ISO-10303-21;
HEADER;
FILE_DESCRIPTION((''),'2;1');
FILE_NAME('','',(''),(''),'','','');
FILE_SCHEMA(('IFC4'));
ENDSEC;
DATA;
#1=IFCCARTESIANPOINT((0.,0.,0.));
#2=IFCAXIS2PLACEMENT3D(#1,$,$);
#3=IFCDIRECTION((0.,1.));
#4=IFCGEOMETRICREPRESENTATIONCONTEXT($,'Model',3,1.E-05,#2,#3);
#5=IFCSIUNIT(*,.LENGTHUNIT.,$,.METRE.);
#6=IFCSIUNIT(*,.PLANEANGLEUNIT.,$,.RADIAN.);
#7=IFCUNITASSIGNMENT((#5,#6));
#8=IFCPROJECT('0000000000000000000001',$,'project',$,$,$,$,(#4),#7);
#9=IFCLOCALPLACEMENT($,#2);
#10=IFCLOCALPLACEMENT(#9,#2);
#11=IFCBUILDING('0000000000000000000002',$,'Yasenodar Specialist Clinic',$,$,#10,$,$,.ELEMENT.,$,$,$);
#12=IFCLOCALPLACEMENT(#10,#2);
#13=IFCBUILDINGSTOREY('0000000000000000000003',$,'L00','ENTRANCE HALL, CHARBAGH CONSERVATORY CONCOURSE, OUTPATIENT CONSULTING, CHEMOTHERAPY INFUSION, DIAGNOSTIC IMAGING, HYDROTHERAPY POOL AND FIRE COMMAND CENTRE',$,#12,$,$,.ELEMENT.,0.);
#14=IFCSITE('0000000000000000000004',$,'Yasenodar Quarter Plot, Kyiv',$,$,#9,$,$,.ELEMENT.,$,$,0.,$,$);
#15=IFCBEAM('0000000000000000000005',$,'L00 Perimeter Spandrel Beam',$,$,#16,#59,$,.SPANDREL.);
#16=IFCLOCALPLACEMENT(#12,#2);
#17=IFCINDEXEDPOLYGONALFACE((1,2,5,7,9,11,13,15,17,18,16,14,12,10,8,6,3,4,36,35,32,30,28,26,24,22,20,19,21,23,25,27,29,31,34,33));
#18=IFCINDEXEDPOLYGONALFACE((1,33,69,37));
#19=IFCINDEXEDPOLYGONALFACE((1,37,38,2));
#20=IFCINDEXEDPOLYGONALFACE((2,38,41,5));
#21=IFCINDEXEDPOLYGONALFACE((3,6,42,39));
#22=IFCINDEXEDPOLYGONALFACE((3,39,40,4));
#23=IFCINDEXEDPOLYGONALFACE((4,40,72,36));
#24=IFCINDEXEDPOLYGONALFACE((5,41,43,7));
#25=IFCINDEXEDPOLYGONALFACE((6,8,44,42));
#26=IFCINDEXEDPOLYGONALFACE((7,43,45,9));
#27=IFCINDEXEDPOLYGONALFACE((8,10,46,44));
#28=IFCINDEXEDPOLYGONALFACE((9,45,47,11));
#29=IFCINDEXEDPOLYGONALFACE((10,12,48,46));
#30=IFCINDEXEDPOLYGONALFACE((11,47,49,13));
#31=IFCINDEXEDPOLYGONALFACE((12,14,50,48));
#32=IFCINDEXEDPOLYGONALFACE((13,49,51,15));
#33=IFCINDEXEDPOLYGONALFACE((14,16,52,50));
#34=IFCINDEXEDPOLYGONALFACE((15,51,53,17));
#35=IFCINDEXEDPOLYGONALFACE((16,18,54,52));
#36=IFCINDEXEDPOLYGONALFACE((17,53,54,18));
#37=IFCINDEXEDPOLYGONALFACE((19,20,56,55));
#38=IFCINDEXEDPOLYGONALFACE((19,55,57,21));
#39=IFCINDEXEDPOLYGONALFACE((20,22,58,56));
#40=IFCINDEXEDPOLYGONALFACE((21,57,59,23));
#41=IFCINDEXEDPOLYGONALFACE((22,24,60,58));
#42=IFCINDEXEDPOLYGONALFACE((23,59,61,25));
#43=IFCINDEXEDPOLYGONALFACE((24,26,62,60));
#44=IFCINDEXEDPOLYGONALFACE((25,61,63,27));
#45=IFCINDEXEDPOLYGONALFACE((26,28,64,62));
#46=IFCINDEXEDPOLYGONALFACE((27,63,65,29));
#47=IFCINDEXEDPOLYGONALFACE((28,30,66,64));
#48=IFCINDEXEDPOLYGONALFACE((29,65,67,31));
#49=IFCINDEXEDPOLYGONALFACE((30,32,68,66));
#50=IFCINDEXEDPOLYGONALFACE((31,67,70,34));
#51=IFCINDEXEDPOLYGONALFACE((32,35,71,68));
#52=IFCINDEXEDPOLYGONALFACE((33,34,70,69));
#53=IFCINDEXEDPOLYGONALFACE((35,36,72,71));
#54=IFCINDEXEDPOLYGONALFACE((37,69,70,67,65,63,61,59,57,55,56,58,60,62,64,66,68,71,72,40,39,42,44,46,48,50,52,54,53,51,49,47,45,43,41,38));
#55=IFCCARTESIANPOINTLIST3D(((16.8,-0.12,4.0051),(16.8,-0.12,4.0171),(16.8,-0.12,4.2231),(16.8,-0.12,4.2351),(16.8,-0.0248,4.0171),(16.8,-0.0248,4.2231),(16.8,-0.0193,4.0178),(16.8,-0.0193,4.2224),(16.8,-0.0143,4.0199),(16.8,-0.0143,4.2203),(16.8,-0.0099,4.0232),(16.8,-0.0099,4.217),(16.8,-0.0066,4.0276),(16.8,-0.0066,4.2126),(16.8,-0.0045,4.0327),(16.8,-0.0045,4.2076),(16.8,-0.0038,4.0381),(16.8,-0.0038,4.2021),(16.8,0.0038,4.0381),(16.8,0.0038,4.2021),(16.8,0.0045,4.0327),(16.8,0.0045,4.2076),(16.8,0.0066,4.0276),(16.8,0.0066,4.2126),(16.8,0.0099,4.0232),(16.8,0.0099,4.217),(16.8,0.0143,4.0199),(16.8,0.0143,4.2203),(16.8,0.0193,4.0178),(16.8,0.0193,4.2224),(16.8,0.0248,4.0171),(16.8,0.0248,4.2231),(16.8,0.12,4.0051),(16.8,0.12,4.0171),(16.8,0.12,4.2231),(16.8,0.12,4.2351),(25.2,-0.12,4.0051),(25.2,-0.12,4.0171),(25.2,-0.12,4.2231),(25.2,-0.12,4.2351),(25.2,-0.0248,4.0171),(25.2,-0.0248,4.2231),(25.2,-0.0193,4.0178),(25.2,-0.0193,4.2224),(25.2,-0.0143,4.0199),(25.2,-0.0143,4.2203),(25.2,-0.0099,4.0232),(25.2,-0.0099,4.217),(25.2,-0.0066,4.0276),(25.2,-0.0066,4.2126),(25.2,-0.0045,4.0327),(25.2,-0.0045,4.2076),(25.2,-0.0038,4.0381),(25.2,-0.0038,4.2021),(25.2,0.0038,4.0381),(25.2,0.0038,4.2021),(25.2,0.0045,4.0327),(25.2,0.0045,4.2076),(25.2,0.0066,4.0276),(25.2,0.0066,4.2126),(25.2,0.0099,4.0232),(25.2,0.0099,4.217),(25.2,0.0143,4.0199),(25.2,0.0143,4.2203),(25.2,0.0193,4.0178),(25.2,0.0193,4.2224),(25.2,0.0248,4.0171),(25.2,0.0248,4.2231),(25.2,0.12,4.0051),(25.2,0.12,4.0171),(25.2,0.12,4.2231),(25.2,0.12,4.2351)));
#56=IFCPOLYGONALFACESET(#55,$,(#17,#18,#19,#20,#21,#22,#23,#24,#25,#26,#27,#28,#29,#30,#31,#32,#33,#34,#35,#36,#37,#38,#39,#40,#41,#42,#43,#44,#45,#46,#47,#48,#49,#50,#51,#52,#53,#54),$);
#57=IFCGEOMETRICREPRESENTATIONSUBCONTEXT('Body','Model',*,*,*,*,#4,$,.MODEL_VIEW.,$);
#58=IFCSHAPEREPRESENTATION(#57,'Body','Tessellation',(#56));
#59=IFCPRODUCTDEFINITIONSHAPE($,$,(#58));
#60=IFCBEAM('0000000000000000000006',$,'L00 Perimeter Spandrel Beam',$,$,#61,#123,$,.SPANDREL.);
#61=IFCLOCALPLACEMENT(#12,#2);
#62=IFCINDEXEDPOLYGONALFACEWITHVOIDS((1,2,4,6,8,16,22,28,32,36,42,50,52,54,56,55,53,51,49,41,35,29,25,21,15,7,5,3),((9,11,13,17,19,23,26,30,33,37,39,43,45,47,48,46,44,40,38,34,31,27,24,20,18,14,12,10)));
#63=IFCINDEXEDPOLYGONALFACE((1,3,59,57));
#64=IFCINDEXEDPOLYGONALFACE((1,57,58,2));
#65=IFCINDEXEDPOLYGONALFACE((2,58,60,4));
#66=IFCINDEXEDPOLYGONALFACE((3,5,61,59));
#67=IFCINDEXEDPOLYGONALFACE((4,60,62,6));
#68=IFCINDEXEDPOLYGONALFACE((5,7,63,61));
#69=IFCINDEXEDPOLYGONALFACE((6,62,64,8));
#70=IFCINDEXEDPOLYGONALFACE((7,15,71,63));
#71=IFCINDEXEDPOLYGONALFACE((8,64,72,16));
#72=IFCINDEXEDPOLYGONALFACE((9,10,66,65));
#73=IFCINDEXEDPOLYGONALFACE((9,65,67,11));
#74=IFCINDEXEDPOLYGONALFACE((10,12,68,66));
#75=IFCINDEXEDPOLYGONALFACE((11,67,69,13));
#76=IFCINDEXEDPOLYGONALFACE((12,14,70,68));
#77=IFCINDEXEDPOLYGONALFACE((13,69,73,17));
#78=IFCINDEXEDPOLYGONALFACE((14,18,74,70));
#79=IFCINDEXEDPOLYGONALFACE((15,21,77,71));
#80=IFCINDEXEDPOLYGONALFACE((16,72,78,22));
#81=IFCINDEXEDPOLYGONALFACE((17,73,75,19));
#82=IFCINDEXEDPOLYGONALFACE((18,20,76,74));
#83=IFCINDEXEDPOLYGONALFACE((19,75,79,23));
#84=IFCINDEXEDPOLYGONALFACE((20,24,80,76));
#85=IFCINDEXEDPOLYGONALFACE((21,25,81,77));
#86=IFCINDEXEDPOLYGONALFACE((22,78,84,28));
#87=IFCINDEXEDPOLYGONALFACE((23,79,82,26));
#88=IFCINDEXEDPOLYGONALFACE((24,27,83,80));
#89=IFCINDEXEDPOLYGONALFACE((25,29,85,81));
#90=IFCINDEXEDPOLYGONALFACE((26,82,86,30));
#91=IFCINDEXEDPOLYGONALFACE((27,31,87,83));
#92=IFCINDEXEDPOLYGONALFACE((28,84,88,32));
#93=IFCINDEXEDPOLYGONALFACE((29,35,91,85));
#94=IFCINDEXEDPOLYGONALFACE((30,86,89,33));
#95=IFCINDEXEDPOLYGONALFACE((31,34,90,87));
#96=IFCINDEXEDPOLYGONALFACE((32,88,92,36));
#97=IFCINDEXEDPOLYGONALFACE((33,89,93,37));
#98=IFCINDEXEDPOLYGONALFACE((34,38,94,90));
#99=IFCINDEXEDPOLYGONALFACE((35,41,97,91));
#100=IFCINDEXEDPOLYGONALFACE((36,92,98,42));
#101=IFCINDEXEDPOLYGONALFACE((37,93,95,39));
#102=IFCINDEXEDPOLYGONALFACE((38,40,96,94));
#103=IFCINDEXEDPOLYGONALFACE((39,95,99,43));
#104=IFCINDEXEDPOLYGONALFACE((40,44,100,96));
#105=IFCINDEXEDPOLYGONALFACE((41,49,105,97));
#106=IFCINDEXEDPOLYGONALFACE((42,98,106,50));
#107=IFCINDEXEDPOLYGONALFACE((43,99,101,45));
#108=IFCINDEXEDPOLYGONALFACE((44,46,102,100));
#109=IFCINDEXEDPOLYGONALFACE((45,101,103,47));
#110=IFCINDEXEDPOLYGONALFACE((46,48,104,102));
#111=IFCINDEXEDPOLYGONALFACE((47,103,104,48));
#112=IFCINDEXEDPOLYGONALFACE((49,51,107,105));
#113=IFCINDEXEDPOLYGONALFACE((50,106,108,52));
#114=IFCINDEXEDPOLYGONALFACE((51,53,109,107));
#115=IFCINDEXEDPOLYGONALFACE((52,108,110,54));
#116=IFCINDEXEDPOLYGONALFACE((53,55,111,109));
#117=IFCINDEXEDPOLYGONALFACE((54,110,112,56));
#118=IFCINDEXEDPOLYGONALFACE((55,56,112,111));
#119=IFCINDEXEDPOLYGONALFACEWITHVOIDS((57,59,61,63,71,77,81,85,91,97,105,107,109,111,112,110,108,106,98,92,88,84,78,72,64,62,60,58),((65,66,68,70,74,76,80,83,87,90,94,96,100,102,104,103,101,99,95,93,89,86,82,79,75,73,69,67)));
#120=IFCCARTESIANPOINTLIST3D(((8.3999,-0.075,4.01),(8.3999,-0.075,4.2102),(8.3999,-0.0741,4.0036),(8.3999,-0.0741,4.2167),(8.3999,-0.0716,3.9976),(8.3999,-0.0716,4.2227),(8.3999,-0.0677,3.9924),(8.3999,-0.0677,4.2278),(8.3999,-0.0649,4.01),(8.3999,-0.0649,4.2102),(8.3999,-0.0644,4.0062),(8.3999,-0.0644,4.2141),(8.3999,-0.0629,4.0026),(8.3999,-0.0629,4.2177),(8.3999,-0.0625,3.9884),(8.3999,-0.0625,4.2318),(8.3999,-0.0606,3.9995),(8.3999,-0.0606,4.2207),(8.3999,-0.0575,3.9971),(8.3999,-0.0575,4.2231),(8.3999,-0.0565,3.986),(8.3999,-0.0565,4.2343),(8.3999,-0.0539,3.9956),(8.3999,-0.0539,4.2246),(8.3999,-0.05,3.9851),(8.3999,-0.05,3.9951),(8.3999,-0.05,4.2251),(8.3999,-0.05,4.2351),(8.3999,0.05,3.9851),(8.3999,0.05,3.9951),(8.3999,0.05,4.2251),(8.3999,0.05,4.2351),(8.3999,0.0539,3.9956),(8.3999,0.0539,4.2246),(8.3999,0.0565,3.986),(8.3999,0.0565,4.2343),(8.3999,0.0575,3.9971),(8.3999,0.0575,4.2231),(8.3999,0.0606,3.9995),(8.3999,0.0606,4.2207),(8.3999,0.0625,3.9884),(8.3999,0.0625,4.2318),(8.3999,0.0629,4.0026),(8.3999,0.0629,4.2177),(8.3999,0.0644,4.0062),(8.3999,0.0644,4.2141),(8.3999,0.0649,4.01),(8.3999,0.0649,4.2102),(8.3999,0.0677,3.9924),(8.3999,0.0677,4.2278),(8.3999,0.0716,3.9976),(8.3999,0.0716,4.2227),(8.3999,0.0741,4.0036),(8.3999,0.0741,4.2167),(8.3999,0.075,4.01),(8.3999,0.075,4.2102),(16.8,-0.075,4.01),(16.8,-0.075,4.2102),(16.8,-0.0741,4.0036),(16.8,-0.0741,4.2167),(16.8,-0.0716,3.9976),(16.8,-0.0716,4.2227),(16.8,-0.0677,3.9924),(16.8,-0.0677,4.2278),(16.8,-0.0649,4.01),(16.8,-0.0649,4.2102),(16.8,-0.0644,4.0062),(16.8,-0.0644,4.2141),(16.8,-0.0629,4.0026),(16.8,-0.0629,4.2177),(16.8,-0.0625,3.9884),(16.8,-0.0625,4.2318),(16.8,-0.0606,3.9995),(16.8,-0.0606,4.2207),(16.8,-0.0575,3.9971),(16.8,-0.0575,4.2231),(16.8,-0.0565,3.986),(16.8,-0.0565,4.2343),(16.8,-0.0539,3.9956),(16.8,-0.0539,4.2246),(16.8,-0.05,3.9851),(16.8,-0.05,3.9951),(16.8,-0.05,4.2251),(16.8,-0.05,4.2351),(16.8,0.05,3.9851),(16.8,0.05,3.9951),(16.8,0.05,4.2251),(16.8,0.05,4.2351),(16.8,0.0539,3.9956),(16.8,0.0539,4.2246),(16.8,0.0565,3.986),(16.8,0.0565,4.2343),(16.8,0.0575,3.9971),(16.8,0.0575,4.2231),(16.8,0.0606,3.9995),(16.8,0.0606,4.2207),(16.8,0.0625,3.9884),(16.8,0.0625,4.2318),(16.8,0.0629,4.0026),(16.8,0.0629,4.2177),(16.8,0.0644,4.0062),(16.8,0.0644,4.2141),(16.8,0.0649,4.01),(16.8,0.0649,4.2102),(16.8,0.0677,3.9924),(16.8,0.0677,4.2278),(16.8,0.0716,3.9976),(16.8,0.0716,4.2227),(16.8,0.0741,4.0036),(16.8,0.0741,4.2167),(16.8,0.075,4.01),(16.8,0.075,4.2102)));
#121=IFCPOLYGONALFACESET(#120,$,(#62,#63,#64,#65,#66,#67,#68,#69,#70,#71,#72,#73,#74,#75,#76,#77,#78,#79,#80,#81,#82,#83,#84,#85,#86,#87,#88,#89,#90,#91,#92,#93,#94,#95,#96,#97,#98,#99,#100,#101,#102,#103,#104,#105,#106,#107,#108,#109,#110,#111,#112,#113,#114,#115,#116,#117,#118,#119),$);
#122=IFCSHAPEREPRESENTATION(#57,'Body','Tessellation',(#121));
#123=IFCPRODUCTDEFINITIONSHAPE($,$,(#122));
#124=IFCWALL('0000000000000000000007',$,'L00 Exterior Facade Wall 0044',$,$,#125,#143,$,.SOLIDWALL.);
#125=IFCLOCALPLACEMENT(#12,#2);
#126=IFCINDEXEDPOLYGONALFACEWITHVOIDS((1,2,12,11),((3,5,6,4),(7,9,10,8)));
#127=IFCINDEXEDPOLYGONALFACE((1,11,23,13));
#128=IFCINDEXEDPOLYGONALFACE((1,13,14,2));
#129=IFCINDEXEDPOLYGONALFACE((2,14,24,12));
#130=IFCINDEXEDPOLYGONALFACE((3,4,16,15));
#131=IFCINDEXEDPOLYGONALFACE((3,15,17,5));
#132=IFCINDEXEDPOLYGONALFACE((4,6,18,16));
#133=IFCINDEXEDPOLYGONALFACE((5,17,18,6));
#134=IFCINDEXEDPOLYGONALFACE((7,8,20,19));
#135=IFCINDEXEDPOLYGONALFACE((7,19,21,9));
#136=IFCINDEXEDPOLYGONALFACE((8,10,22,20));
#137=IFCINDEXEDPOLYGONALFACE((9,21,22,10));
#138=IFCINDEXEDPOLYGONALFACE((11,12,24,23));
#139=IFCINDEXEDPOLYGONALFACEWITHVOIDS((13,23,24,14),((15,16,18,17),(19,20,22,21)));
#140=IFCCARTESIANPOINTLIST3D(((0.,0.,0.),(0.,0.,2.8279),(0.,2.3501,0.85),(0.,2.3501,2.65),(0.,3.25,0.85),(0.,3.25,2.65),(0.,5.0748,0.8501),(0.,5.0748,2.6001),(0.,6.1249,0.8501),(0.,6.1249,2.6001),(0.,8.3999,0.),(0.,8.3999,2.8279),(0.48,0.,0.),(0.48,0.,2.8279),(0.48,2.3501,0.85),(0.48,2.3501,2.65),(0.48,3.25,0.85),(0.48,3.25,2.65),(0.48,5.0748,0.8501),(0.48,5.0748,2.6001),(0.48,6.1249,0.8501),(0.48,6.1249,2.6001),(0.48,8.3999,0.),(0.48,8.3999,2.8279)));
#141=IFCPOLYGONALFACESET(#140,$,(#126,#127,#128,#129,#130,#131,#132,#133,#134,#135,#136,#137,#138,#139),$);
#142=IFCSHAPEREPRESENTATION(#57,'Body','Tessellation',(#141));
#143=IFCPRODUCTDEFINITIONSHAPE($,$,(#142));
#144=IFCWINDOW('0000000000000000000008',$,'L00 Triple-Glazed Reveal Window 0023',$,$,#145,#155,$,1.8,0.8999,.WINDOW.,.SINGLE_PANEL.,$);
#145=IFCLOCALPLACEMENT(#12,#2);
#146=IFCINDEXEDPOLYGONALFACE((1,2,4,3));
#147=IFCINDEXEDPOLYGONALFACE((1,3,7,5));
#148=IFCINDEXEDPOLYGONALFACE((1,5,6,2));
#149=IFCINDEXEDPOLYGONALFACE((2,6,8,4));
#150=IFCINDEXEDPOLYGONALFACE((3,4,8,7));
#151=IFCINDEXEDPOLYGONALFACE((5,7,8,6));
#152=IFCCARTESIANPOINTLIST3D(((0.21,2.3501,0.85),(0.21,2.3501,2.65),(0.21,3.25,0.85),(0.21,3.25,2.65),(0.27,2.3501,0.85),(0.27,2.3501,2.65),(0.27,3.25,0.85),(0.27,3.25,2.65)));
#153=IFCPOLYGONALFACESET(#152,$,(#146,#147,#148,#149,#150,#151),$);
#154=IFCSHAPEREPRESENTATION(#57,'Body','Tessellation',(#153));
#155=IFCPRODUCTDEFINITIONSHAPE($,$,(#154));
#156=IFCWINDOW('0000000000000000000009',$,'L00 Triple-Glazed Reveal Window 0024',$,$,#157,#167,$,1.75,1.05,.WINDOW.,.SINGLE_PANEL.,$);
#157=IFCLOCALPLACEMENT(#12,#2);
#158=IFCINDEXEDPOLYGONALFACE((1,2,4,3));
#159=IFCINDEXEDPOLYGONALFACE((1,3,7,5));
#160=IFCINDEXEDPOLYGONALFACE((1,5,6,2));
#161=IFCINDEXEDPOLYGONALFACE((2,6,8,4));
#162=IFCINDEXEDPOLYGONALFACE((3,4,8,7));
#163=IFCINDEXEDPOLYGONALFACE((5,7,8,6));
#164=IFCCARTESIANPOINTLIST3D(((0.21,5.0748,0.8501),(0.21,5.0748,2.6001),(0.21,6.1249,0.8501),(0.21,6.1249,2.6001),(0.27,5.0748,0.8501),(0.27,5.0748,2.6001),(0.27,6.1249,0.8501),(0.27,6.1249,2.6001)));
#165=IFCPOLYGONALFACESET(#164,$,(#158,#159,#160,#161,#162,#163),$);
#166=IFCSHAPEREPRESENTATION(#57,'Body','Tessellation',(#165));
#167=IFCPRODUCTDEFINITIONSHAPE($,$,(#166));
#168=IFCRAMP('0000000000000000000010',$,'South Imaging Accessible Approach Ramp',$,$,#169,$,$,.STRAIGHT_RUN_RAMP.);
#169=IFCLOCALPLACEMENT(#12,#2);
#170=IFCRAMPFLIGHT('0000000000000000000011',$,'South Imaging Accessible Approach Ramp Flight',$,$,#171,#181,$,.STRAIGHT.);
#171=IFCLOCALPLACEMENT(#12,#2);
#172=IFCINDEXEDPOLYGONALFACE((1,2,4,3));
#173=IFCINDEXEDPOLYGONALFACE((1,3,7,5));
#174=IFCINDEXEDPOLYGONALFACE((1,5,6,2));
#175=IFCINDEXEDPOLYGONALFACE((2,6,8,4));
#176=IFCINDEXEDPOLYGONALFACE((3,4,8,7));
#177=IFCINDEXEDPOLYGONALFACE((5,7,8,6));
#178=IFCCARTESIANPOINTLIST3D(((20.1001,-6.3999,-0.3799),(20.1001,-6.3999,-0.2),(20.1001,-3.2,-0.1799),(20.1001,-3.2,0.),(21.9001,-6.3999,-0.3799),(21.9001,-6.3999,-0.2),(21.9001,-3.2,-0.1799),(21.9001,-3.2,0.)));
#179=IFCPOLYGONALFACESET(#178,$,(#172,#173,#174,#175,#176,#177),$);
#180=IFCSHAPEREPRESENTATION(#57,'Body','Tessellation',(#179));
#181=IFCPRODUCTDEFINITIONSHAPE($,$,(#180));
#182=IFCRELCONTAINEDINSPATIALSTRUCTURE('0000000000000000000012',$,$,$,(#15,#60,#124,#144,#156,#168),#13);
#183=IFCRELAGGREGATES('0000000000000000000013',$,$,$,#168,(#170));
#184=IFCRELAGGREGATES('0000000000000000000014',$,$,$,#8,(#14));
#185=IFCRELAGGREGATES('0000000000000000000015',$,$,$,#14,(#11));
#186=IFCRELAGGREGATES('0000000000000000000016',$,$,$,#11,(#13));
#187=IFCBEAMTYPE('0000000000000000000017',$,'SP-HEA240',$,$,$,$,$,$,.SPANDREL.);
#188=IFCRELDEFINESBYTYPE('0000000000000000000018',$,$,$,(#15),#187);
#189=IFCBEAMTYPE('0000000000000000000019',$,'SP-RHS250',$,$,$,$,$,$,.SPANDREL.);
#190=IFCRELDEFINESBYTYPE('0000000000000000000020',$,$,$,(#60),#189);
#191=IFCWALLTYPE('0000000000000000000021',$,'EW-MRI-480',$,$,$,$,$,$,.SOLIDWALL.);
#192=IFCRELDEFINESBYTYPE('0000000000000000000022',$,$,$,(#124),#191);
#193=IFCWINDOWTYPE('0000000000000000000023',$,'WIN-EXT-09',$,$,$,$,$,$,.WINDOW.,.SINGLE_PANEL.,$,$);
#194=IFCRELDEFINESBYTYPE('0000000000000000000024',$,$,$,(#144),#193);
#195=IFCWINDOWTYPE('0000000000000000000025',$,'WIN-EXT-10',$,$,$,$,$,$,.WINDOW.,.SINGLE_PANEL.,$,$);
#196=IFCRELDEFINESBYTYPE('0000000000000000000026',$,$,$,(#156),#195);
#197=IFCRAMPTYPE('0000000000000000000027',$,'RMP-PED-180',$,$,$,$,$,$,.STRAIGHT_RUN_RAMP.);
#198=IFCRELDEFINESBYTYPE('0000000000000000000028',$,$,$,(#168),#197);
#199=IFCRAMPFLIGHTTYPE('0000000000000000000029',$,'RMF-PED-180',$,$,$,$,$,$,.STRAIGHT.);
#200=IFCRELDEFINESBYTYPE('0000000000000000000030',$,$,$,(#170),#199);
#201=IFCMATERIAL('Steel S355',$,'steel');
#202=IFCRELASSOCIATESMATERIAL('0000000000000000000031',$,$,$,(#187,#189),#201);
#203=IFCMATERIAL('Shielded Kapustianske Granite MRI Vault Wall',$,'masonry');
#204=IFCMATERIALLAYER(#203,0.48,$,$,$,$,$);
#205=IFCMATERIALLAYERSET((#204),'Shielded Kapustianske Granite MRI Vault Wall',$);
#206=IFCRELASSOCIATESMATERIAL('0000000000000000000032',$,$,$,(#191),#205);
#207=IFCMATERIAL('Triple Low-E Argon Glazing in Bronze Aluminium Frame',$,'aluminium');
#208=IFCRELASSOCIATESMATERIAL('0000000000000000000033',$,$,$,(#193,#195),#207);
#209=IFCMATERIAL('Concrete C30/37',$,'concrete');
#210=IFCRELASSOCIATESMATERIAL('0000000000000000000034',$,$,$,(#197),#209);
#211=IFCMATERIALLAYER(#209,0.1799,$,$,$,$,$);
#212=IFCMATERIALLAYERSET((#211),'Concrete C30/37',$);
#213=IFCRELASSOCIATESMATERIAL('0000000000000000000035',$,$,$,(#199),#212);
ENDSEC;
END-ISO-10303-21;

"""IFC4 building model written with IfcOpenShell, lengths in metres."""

from ifc_helpers import new_model, si_unit, direction, frame, frame_2d, origin, origin_2d, place, context, subcontext, project, spatial, polyline, rectangle, hollow_rectangle, i_section, outline, extrude, material, layer, layer_set, material_profile, profile_set, type_object, element, fill, aggregate, save


model = new_model("IFC4")

# Units and contexts
model_context = context("Model", 3, precision=1e-05, world=origin(), true_north=direction((0.0, 1.0)))
body_context = subcontext(model_context, "Body", "Model", "MODEL_VIEW")
ifc_project = project(units=[si_unit("LENGTHUNIT", "METRE"), si_unit("PLANEANGLEUNIT", "RADIAN")], contexts=[model_context])

# Site, building, storey
site_placement = place(None, origin())
site = spatial("IfcSite", under=ifc_project, at=site_placement, Name="Yasenodar Quarter Plot, Kyiv", CompositionType="ELEMENT", RefElevation=0.0)
building_placement = place(site_placement, origin())
building = spatial("IfcBuilding", under=site, at=building_placement, Name="Yasenodar Specialist Clinic", CompositionType="ELEMENT")
storey_placement = place(building_placement, origin())
storey = spatial("IfcBuildingStorey", under=building, at=storey_placement, Name="L00", Description="ENTRANCE HALL, CHARBAGH CONSERVATORY CONCOURSE, OUTPATIENT CONSULTING, CHEMOTHERAPY INFUSION, DIAGNOSTIC IMAGING, HYDROTHERAPY POOL AND FIRE COMMAND CENTRE", CompositionType="ELEMENT", Elevation=0.0)

# Shared definitions
ifc_material_1 = material(Name="Steel S355", Category="steel")

# Beams
ifc_material_profile_1 = material_profile(ifc_material_1, i_section(OverallWidth=0.24, OverallDepth=0.23, WebThickness=0.0076, FlangeThickness=0.012, FilletRadius=0.021, at=origin_2d()), Name="HEA 240")
ifc_profile_set_1 = profile_set([ifc_material_profile_1], Name="Steel S355")
beam_type_1 = type_object("IfcBeamType", Name="SP-HEA240", PredefinedType="SPANDREL", material=ifc_profile_set_1)
beam_1_placement = place(storey_placement, frame((16.8, 0.0, 4.1201), z_axis=(1.0, 0.0, 0.0), x_axis=(0.0, 1.0, 0.0)))
element("IfcBeam", 1, at=beam_1_placement, inside=storey, type_object=beam_type_1, Name="L00 Perimeter Spandrel Beam", PredefinedType="SPANDREL", context=body_context, shape_type="SweptSolid", body=[
    extrude(i_section(OverallWidth=0.24, OverallDepth=0.23, WebThickness=0.0076, FlangeThickness=0.012, FilletRadius=0.021, at=origin_2d()), origin(), (0.0, 0.0, 1.0), 8.3999),
])
ifc_material_profile_2 = material_profile(ifc_material_1, hollow_rectangle(XDim=0.1499, YDim=0.25, WallThickness=0.01, InnerFilletRadius=0.0149, OuterFilletRadius=0.0249, at=origin_2d()), Name="RHS 250x150x10")
ifc_profile_set_2 = profile_set([ifc_material_profile_2], Name="Steel S355")
beam_type_2 = type_object("IfcBeamType", Name="SP-RHS250", PredefinedType="SPANDREL", material=ifc_profile_set_2)
beam_2_placement = place(storey_placement, frame((8.3999, 0.0, 4.1101), z_axis=(1.0, 0.0, 0.0), x_axis=(0.0, 1.0, 0.0)))
element("IfcBeam", 2, at=beam_2_placement, inside=storey, type_object=beam_type_2, Name="L00 Perimeter Spandrel Beam", PredefinedType="SPANDREL", context=body_context, shape_type="SweptSolid", body=[
    extrude(hollow_rectangle(XDim=0.1499, YDim=0.25, WallThickness=0.01, InnerFilletRadius=0.0149, OuterFilletRadius=0.0249, at=origin_2d()), origin(), (0.0, 0.0, 1.0), 8.4001),
])

# Wall, openings, windows
ifc_material_2 = material(Name="Shielded Kapustianske Granite MRI Vault Wall", Category="masonry")
ifc_layer_1 = layer(ifc_material_2, 0.48)
ifc_layer_set_1 = layer_set([ifc_layer_1], Name="Shielded Kapustianske Granite MRI Vault Wall")
wall_type = type_object("IfcWallType", Name="EW-MRI-480", PredefinedType="SOLIDWALL", material=ifc_layer_set_1)
wall_placement = place(storey_placement, frame((0.24, 0.0, 0.0), z_axis=(0.0, 0.0, 1.0), x_axis=(0.0, 1.0, 0.0)))
wall = element("IfcWall", 3, at=wall_placement, inside=storey, type_object=wall_type, Name="L00 Exterior Facade Wall 0044", PredefinedType="SOLIDWALL", context=body_context, shape_type="SweptSolid", body=[
    extrude(rectangle(XDim=8.3999, YDim=0.48, at=frame_2d((4.2, 0.0))), origin(), (0.0, 0.0, 1.0), 2.8279),
])
opening_1_placement = place(wall_placement, frame((2.3501, 0.0, 0.8501)))
opening_1 = element("IfcOpeningElement", 4, at=opening_1_placement, cuts=wall, PredefinedType="OPENING", context=body_context, shape_type="SweptSolid", body=[
    extrude(rectangle(XDim=0.8999, YDim=1.8, at=frame_2d((0.45, 0.8999))), frame((0.0, 0.25, 0.0), z_axis=(0.0, -1.0, 0.0), x_axis=(1.0, 0.0, 0.0)), (0.0, 0.0, 1.0), 0.5),
])
opening_2_placement = place(wall_placement, frame((5.075, 0.0, 0.8501)))
opening_2 = element("IfcOpeningElement", 5, at=opening_2_placement, cuts=wall, PredefinedType="OPENING", context=body_context, shape_type="SweptSolid", body=[
    extrude(rectangle(XDim=1.05, YDim=1.75, at=frame_2d((0.5249, 0.875))), frame((0.0, 0.25, 0.0), z_axis=(0.0, -1.0, 0.0), x_axis=(1.0, 0.0, 0.0)), (0.0, 0.0, 1.0), 0.5),
])
ifc_material_3 = material(Name="Triple Low-E Argon Glazing in Bronze Aluminium Frame", Category="aluminium")
window_type_1 = type_object("IfcWindowType", Name="WIN-EXT-09", PartitioningType="SINGLE_PANEL", PredefinedType="WINDOW", material=ifc_material_3)
window_1_placement = place(opening_1_placement, origin())
window_1 = element("IfcWindow", 6, at=window_1_placement, inside=storey, type_object=window_type_1, Name="L00 Triple-Glazed Reveal Window 0023", OverallHeight=1.8, OverallWidth=0.8999, PartitioningType="SINGLE_PANEL", PredefinedType="WINDOW", context=body_context, shape_type="SweptSolid", body=[
    extrude(rectangle(XDim=0.8999, YDim=1.8, at=frame_2d((0.45, 0.8999))), frame((0.0, 0.03, 0.0), z_axis=(0.0, -1.0, 0.0), x_axis=(1.0, 0.0, 0.0)), (0.0, 0.0, 1.0), 0.0601),
])
fill(opening_1, window_1)
window_type_2 = type_object("IfcWindowType", Name="WIN-EXT-10", PartitioningType="SINGLE_PANEL", PredefinedType="WINDOW", material=ifc_material_3)
window_2_placement = place(opening_2_placement, origin())
window_2 = element("IfcWindow", 7, at=window_2_placement, inside=storey, type_object=window_type_2, Name="L00 Triple-Glazed Reveal Window 0024", OverallHeight=1.75, OverallWidth=1.05, PartitioningType="SINGLE_PANEL", PredefinedType="WINDOW", context=body_context, shape_type="SweptSolid", body=[
    extrude(rectangle(XDim=1.05, YDim=1.75, at=frame_2d((0.5249, 0.875))), frame((0.0, 0.03, 0.0), z_axis=(0.0, -1.0, 0.0), x_axis=(1.0, 0.0, 0.0)), (0.0, 0.0, 1.0), 0.0601),
])
fill(opening_2, window_2)

# Ramp, ramp flight
ifc_material_4 = material(Name="Concrete C30/37", Category="concrete")
ramp_type = type_object("IfcRampType", Name="RMP-PED-180", PredefinedType="STRAIGHT_RUN_RAMP", material=ifc_material_4)
ramp_placement = place(storey_placement, origin())
ramp = element("IfcRamp", 8, at=ramp_placement, inside=storey, type_object=ramp_type, Name="South Imaging Accessible Approach Ramp", PredefinedType="STRAIGHT_RUN_RAMP")
ifc_layer_2 = layer(ifc_material_4, 0.1799)
ifc_layer_set_2 = layer_set([ifc_layer_2], Name="Concrete C30/37")
ramp_flight_type = type_object("IfcRampFlightType", Name="RMF-PED-180", PredefinedType="STRAIGHT", material=ifc_layer_set_2)
ramp_flight_placement = place(storey_placement, frame((21.0, -6.3999, -0.2), z_axis=(0.0, 0.0, 1.0), x_axis=(0.0, 1.0, 0.0)))
ramp_flight = element("IfcRampFlight", 9, at=ramp_flight_placement, type_object=ramp_flight_type, Name="South Imaging Accessible Approach Ramp Flight", PredefinedType="STRAIGHT", context=body_context, shape_type="SweptSolid", body=[
    extrude(outline(polyline([(0.0, 0.0), (3.2, 0.2), (3.2, 0.02), (0.0, -0.1799), (0.0, 0.0)])), frame((0.0, 0.8999, 0.0), z_axis=(0.0, -1.0, 0.0), x_axis=(1.0, 0.0, 0.0)), (0.0, 0.0, 1.0), 1.8),
])
aggregate(ramp, [ramp_flight])

save(model, "model.ifc")
